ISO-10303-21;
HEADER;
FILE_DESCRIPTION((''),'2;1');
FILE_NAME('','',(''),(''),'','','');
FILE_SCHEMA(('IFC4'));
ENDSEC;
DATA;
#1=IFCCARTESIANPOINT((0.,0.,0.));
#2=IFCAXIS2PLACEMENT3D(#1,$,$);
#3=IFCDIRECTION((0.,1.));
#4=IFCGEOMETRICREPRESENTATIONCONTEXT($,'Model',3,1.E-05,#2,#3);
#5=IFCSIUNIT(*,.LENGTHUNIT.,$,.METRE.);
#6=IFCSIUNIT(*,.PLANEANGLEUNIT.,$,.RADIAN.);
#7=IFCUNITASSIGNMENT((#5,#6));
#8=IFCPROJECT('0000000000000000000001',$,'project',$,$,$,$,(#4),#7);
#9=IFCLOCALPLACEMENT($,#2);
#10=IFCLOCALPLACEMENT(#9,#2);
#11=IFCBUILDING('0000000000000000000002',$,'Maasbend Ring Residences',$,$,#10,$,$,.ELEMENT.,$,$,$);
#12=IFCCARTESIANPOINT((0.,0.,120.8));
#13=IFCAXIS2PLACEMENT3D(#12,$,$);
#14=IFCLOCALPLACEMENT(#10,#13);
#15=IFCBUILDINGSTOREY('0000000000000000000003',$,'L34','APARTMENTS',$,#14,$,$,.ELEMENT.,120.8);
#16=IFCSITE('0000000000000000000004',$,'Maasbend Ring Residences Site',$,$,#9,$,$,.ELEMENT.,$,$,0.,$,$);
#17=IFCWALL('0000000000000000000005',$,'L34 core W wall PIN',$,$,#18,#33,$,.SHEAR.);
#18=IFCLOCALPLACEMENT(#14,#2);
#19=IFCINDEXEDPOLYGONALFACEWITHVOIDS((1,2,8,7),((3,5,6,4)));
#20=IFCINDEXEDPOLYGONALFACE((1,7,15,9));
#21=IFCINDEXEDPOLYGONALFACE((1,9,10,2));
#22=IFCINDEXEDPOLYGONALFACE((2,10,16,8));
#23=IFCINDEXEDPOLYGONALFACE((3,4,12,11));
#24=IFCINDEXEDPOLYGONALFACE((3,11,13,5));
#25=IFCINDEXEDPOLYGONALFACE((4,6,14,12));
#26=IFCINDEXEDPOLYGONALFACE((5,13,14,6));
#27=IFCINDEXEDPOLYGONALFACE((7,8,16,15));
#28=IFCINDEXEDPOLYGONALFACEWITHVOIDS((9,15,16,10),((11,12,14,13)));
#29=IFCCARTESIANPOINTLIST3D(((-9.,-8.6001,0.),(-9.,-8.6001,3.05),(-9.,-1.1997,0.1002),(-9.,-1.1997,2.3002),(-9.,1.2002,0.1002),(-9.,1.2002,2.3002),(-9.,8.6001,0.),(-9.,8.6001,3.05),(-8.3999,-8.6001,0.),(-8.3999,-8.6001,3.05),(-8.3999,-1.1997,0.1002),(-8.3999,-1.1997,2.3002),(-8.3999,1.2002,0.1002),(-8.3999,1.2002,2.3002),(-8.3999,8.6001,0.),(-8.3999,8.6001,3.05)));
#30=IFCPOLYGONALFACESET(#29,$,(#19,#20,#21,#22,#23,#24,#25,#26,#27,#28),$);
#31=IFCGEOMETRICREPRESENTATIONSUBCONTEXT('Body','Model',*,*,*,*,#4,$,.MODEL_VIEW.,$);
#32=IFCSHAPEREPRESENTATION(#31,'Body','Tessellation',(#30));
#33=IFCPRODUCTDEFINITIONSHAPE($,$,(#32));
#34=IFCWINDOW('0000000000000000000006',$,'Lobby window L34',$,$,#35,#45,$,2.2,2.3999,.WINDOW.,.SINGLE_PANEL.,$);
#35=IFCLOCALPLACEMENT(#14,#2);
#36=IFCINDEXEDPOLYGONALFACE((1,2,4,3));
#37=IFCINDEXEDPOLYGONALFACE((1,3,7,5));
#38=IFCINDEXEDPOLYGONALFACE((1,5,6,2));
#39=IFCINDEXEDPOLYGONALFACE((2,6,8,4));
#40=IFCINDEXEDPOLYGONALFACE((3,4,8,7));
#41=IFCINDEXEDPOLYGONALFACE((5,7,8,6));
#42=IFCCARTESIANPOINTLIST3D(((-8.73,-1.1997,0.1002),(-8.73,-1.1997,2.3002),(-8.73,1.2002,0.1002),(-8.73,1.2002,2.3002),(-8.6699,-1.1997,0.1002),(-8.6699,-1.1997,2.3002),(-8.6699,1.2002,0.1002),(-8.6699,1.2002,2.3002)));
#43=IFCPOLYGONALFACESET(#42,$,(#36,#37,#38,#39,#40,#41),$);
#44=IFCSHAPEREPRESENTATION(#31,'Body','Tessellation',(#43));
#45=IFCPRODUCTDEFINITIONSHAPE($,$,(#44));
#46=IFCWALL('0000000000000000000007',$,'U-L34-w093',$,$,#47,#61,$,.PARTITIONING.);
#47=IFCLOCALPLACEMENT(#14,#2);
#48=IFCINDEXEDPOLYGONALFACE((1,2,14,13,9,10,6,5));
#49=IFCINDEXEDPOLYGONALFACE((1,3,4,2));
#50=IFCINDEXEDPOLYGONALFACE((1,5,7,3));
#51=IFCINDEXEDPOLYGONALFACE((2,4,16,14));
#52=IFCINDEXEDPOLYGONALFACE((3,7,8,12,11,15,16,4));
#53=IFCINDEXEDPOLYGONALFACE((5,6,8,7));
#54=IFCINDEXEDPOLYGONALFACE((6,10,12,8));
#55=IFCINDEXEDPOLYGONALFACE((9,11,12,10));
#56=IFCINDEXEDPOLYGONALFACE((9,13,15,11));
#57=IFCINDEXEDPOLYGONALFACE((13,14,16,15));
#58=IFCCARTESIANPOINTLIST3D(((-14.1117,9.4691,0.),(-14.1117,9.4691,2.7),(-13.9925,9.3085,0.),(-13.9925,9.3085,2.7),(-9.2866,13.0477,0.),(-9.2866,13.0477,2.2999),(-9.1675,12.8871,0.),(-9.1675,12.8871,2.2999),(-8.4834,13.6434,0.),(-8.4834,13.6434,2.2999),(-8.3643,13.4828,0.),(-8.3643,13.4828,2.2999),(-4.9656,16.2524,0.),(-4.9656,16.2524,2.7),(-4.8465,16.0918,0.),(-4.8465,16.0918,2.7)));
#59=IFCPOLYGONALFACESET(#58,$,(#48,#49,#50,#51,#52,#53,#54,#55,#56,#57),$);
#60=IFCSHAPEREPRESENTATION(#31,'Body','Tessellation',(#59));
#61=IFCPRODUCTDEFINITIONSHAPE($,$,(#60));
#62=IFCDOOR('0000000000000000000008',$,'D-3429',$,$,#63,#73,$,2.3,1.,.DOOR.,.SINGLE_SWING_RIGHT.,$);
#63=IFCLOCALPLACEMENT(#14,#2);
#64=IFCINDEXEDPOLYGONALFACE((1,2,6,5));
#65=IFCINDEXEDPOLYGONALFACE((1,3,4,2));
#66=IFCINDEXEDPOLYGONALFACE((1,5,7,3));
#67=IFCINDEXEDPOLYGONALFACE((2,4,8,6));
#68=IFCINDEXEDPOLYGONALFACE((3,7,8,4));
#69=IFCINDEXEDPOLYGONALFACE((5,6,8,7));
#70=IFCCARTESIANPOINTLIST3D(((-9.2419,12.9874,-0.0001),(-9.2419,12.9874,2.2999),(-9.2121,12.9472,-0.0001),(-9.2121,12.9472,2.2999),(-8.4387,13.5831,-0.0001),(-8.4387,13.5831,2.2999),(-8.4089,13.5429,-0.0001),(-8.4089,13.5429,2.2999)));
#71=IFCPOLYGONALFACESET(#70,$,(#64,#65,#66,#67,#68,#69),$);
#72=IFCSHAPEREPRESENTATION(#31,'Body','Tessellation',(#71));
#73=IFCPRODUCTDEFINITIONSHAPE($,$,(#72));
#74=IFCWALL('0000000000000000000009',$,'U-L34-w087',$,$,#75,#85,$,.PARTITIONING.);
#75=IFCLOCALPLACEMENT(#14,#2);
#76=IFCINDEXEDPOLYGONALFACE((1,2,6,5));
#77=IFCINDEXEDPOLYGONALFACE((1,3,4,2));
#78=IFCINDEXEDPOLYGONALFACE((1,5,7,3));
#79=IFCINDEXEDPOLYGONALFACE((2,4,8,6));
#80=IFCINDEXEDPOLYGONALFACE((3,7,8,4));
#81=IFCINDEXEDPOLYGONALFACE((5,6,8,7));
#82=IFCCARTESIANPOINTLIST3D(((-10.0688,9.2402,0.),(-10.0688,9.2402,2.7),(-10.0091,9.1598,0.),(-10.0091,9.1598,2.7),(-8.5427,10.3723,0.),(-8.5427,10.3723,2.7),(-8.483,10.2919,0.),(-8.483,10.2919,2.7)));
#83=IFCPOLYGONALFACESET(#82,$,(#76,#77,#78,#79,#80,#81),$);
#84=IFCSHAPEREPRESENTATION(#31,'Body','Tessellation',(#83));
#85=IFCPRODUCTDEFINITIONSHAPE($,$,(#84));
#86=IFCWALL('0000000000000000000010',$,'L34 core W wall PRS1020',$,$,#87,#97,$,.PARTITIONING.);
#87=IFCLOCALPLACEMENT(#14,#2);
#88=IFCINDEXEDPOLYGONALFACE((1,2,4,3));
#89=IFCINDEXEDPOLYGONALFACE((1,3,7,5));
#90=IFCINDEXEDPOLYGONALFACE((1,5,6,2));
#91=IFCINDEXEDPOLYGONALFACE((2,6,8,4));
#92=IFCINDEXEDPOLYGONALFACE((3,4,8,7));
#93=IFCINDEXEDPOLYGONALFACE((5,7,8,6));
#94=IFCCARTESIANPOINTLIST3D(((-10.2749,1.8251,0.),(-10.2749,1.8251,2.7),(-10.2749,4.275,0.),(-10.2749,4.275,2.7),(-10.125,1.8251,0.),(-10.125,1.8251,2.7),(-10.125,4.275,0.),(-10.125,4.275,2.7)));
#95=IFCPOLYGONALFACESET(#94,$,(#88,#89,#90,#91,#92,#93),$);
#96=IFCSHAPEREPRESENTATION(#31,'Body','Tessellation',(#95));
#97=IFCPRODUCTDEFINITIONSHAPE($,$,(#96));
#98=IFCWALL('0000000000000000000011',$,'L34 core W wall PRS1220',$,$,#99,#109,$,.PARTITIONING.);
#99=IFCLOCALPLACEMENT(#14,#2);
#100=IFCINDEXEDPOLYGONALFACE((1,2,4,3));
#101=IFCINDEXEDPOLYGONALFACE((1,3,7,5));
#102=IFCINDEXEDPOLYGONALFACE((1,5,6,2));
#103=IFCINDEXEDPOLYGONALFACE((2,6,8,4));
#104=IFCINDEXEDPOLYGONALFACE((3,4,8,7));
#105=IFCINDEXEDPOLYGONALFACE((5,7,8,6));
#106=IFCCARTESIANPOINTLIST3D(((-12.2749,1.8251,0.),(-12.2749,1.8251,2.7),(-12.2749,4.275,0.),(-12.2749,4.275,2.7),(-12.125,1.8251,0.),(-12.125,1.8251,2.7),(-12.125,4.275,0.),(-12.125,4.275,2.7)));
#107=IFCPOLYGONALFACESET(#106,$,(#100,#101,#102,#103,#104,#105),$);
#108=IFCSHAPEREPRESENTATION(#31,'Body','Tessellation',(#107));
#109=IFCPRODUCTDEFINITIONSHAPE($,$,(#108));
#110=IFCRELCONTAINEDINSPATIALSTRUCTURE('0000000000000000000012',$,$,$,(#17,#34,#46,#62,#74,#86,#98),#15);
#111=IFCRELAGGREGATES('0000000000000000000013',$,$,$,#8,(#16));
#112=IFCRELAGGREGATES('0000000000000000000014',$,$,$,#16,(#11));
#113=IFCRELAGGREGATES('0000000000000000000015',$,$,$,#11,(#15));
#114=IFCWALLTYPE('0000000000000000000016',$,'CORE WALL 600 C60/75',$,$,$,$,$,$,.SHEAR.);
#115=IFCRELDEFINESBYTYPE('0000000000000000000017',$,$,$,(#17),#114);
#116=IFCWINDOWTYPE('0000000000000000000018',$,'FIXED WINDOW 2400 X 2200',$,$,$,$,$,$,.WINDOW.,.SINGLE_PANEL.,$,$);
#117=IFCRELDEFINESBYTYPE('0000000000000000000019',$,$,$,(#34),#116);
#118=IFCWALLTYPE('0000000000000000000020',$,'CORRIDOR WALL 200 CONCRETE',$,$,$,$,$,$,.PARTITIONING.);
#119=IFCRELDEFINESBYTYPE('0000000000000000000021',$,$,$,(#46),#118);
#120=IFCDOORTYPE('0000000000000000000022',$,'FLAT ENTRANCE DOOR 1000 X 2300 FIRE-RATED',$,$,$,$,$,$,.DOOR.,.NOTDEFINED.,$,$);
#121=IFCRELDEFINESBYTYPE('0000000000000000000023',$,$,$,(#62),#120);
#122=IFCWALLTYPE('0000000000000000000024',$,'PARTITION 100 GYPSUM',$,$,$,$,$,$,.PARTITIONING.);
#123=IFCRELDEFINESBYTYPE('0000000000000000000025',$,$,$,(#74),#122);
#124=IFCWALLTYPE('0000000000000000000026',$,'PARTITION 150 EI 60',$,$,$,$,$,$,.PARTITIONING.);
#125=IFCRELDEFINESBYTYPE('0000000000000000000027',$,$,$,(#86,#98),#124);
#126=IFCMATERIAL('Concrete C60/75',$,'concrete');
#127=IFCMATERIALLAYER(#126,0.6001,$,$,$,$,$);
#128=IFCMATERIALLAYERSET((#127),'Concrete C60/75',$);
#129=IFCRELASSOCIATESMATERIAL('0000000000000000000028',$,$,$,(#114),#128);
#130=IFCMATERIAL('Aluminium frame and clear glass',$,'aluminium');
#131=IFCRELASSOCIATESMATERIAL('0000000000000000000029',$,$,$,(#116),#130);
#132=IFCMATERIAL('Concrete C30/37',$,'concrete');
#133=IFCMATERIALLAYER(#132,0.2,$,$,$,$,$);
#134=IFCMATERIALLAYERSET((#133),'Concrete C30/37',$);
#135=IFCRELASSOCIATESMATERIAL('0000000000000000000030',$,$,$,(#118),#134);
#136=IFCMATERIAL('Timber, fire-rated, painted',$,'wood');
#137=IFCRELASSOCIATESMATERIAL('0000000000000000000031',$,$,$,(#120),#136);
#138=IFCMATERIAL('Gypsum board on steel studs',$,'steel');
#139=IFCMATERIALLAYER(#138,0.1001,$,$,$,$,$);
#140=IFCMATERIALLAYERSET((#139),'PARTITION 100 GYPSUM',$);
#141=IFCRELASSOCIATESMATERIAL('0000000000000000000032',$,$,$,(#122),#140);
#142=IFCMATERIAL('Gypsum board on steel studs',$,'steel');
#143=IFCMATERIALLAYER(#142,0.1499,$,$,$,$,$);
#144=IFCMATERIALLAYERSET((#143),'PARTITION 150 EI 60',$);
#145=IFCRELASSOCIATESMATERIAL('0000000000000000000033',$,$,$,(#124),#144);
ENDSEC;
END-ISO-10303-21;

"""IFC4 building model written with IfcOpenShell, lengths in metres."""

from ifc_helpers import new_model, si_unit, direction, frame, frame_2d, origin, place, context, subcontext, project, spatial, rectangle, extrude, material, layer, layer_set, type_object, element, fill, save


model = new_model("IFC4")

# Units and contexts
model_context = context("Model", 3, precision=1e-05, world=origin(), true_north=direction((0.0, 1.0)))
body_context = subcontext(model_context, "Body", "Model", "MODEL_VIEW")
ifc_project = project(units=[si_unit("LENGTHUNIT", "METRE"), si_unit("PLANEANGLEUNIT", "RADIAN")], contexts=[model_context])

# Site, building, storey
site_placement = place(None, origin())
site = spatial("IfcSite", under=ifc_project, at=site_placement, Name="Maasbend Ring Residences Site", CompositionType="ELEMENT", RefElevation=0.0)
building_placement = place(site_placement, origin())
building = spatial("IfcBuilding", under=site, at=building_placement, Name="Maasbend Ring Residences", CompositionType="ELEMENT")
storey_placement = place(building_placement, frame((0.0, 0.0, 120.8)))
storey = spatial("IfcBuildingStorey", under=building, at=storey_placement, Name="L34", Description="APARTMENTS", CompositionType="ELEMENT", Elevation=120.8)

# Shared definitions
ifc_material_1 = material(Name="Concrete C60/75", Category="concrete")
ifc_layer_1 = layer(ifc_material_1, 0.6001)
ifc_layer_set_1 = layer_set([ifc_layer_1], Name="Concrete C60/75")
wall_type_1 = type_object("IfcWallType", Name="CORE WALL 600 C60/75", PredefinedType="SHEAR", material=ifc_layer_set_1)

# Wall, opening, window
wall_1_placement = place(storey_placement, frame((-8.7, 8.6001, 0.0), z_axis=(0.0, 0.0, 1.0), x_axis=(0.0, -1.0, 0.0)))
wall_1 = element("IfcWall", 1, at=wall_1_placement, inside=storey, type_object=wall_type_1, Name="L34 core W wall PIN", PredefinedType="SHEAR", context=body_context, shape_type="SweptSolid", body=[
    extrude(rectangle(XDim=17.2002, YDim=0.6001, at=frame_2d((8.6001, 0.0))), origin(), (0.0, 0.0, 1.0), 3.05),
])
opening_1_placement = place(wall_1_placement, frame((7.3999, 0.0, 0.1001)))
opening_1 = element("IfcOpeningElement", 2, at=opening_1_placement, cuts=wall_1, PredefinedType="OPENING", context=body_context, shape_type="SweptSolid", body=[
    extrude(rectangle(XDim=2.3999, YDim=2.2, at=frame_2d((1.2, 1.1001))), frame((0.0, 0.3101, 0.0), z_axis=(0.0, -1.0, 0.0), x_axis=(1.0, 0.0, 0.0)), (0.0, 0.0, 1.0), 0.6201),
])
ifc_material_2 = material(Name="Aluminium frame and clear glass", Category="aluminium")
window_type = type_object("IfcWindowType", Name="FIXED WINDOW 2400 X 2200", PartitioningType="SINGLE_PANEL", PredefinedType="WINDOW", material=ifc_material_2)
window_placement = place(opening_1_placement, origin())
window = element("IfcWindow", 3, at=window_placement, inside=storey, type_object=window_type, Name="Lobby window L34", OverallHeight=2.2, OverallWidth=2.3999, PartitioningType="SINGLE_PANEL", PredefinedType="WINDOW", context=body_context, shape_type="SweptSolid", body=[
    extrude(rectangle(XDim=2.3999, YDim=2.2, at=frame_2d((1.2, 1.1001))), frame((0.0, 0.03, 0.0), z_axis=(0.0, -1.0, 0.0), x_axis=(1.0, 0.0, 0.0)), (0.0, 0.0, 1.0), 0.0601),
])
fill(opening_1, window)

# Wall, opening, door
ifc_material_3 = material(Name="Concrete C30/37", Category="concrete")
ifc_layer_2 = layer(ifc_material_3, 0.2)
ifc_layer_set_2 = layer_set([ifc_layer_2], Name="Concrete C30/37")
wall_type_2 = type_object("IfcWallType", Name="CORRIDOR WALL 200 CONCRETE", PredefinedType="PARTITIONING", material=ifc_layer_set_2)
wall_2_placement = place(storey_placement, frame((-14.052, 9.3889, 0.0), z_axis=(0.0, 0.0, 1.0), x_axis=(0.803205, 0.595703, 0.0)))
wall_2 = element("IfcWall", 4, at=wall_2_placement, inside=storey, type_object=wall_type_2, Name="U-L34-w093", PredefinedType="PARTITIONING", context=body_context, shape_type="SweptSolid", body=[
    extrude(rectangle(XDim=11.387, YDim=0.2, at=frame_2d((5.6934, 0.0))), origin(), (0.0, 0.0, 1.0), 2.7),
])
opening_2_placement = place(wall_2_placement, frame((6.0071, 0.0, 0.0)))
opening_2 = element("IfcOpeningElement", 5, at=opening_2_placement, cuts=wall_2, PredefinedType="OPENING", context=body_context, shape_type="SweptSolid", body=[
    extrude(rectangle(XDim=1.0, YDim=2.3, at=frame_2d((0.5, 1.1499))), frame((0.0, 0.1099, 0.0), z_axis=(0.0, -1.0, 0.0), x_axis=(1.0, 0.0, 0.0)), (0.0, 0.0, 1.0), 0.22),
])
ifc_material_4 = material(Name="Timber, fire-rated, painted", Category="wood")
door_type_1 = type_object("IfcDoorType", Name="FLAT ENTRANCE DOOR 1000 X 2300 FIRE-RATED", OperationType="NOTDEFINED", PredefinedType="DOOR", material=ifc_material_4)
door_1_placement = place(opening_2_placement, origin())
door_1 = element("IfcDoor", 6, at=door_1_placement, inside=storey, type_object=door_type_1, Name="D-3429", OperationType="SINGLE_SWING_RIGHT", OverallHeight=2.3, OverallWidth=1.0, PredefinedType="DOOR", context=body_context, shape_type="SweptSolid", body=[
    extrude(rectangle(XDim=1.0, YDim=2.3, at=frame_2d((0.5, 1.1499))), frame((0.0, 0.0249, 0.0), z_axis=(0.0, -1.0, 0.0), x_axis=(1.0, 0.0, 0.0)), (0.0, 0.0, 1.0), 0.05),
])
fill(opening_2, door_1)

# Walls
ifc_material_5 = material(Name="Gypsum board on steel studs", Category="steel")
ifc_layer_3 = layer(ifc_material_5, 0.1001)
ifc_layer_set_3 = layer_set([ifc_layer_3], Name="PARTITION 100 GYPSUM")
wall_type_3 = type_object("IfcWallType", Name="PARTITION 100 GYPSUM", PredefinedType="PARTITIONING", material=ifc_layer_set_3)
wall_3_placement = place(storey_placement, frame((-10.0391, 9.2, 0.0), z_axis=(0.0, 0.0, 1.0), x_axis=(0.80315, 0.595777, 0.0)))
element("IfcWall", 7, at=wall_3_placement, inside=storey, type_object=wall_type_3, Name="U-L34-w087", PredefinedType="PARTITIONING", context=body_context, shape_type="SweptSolid", body=[
    extrude(rectangle(XDim=1.9001, YDim=0.1001, at=frame_2d((0.9502, 0.0))), origin(), (0.0, 0.0, 1.0), 2.7),
])
ifc_material_6 = material(Name="Gypsum board on steel studs", Category="steel")
ifc_layer_4 = layer(ifc_material_6, 0.1499)
ifc_layer_set_4 = layer_set([ifc_layer_4], Name="PARTITION 150 EI 60")
wall_type_4 = type_object("IfcWallType", Name="PARTITION 150 EI 60", PredefinedType="PARTITIONING", material=ifc_layer_set_4)
for number, where, z_axis, x_axis, name in (
    (8, (-10.2, 1.825, 0.0), (0.0, 0.0, 1.0), (0.0, 1.0, 0.0), "L34 core W wall PRS1020"),
    (9, (-12.2, 1.825, 0.0), (0.0, 0.0, 1.0), (0.0, 1.0, 0.0), "L34 core W wall PRS1220"),
):
    element("IfcWall", number, at=place(storey_placement, frame(where, z_axis=z_axis, x_axis=x_axis)), inside=storey, type_object=wall_type_4, Name=name, PredefinedType="PARTITIONING", context=body_context, shape_type="SweptSolid", body=[
        extrude(rectangle(XDim=2.45, YDim=0.1499, at=frame_2d((1.2251, 0.0))), origin(), (0.0, 0.0, 1.0), 2.7),
    ])

save(model, "model.ifc")
